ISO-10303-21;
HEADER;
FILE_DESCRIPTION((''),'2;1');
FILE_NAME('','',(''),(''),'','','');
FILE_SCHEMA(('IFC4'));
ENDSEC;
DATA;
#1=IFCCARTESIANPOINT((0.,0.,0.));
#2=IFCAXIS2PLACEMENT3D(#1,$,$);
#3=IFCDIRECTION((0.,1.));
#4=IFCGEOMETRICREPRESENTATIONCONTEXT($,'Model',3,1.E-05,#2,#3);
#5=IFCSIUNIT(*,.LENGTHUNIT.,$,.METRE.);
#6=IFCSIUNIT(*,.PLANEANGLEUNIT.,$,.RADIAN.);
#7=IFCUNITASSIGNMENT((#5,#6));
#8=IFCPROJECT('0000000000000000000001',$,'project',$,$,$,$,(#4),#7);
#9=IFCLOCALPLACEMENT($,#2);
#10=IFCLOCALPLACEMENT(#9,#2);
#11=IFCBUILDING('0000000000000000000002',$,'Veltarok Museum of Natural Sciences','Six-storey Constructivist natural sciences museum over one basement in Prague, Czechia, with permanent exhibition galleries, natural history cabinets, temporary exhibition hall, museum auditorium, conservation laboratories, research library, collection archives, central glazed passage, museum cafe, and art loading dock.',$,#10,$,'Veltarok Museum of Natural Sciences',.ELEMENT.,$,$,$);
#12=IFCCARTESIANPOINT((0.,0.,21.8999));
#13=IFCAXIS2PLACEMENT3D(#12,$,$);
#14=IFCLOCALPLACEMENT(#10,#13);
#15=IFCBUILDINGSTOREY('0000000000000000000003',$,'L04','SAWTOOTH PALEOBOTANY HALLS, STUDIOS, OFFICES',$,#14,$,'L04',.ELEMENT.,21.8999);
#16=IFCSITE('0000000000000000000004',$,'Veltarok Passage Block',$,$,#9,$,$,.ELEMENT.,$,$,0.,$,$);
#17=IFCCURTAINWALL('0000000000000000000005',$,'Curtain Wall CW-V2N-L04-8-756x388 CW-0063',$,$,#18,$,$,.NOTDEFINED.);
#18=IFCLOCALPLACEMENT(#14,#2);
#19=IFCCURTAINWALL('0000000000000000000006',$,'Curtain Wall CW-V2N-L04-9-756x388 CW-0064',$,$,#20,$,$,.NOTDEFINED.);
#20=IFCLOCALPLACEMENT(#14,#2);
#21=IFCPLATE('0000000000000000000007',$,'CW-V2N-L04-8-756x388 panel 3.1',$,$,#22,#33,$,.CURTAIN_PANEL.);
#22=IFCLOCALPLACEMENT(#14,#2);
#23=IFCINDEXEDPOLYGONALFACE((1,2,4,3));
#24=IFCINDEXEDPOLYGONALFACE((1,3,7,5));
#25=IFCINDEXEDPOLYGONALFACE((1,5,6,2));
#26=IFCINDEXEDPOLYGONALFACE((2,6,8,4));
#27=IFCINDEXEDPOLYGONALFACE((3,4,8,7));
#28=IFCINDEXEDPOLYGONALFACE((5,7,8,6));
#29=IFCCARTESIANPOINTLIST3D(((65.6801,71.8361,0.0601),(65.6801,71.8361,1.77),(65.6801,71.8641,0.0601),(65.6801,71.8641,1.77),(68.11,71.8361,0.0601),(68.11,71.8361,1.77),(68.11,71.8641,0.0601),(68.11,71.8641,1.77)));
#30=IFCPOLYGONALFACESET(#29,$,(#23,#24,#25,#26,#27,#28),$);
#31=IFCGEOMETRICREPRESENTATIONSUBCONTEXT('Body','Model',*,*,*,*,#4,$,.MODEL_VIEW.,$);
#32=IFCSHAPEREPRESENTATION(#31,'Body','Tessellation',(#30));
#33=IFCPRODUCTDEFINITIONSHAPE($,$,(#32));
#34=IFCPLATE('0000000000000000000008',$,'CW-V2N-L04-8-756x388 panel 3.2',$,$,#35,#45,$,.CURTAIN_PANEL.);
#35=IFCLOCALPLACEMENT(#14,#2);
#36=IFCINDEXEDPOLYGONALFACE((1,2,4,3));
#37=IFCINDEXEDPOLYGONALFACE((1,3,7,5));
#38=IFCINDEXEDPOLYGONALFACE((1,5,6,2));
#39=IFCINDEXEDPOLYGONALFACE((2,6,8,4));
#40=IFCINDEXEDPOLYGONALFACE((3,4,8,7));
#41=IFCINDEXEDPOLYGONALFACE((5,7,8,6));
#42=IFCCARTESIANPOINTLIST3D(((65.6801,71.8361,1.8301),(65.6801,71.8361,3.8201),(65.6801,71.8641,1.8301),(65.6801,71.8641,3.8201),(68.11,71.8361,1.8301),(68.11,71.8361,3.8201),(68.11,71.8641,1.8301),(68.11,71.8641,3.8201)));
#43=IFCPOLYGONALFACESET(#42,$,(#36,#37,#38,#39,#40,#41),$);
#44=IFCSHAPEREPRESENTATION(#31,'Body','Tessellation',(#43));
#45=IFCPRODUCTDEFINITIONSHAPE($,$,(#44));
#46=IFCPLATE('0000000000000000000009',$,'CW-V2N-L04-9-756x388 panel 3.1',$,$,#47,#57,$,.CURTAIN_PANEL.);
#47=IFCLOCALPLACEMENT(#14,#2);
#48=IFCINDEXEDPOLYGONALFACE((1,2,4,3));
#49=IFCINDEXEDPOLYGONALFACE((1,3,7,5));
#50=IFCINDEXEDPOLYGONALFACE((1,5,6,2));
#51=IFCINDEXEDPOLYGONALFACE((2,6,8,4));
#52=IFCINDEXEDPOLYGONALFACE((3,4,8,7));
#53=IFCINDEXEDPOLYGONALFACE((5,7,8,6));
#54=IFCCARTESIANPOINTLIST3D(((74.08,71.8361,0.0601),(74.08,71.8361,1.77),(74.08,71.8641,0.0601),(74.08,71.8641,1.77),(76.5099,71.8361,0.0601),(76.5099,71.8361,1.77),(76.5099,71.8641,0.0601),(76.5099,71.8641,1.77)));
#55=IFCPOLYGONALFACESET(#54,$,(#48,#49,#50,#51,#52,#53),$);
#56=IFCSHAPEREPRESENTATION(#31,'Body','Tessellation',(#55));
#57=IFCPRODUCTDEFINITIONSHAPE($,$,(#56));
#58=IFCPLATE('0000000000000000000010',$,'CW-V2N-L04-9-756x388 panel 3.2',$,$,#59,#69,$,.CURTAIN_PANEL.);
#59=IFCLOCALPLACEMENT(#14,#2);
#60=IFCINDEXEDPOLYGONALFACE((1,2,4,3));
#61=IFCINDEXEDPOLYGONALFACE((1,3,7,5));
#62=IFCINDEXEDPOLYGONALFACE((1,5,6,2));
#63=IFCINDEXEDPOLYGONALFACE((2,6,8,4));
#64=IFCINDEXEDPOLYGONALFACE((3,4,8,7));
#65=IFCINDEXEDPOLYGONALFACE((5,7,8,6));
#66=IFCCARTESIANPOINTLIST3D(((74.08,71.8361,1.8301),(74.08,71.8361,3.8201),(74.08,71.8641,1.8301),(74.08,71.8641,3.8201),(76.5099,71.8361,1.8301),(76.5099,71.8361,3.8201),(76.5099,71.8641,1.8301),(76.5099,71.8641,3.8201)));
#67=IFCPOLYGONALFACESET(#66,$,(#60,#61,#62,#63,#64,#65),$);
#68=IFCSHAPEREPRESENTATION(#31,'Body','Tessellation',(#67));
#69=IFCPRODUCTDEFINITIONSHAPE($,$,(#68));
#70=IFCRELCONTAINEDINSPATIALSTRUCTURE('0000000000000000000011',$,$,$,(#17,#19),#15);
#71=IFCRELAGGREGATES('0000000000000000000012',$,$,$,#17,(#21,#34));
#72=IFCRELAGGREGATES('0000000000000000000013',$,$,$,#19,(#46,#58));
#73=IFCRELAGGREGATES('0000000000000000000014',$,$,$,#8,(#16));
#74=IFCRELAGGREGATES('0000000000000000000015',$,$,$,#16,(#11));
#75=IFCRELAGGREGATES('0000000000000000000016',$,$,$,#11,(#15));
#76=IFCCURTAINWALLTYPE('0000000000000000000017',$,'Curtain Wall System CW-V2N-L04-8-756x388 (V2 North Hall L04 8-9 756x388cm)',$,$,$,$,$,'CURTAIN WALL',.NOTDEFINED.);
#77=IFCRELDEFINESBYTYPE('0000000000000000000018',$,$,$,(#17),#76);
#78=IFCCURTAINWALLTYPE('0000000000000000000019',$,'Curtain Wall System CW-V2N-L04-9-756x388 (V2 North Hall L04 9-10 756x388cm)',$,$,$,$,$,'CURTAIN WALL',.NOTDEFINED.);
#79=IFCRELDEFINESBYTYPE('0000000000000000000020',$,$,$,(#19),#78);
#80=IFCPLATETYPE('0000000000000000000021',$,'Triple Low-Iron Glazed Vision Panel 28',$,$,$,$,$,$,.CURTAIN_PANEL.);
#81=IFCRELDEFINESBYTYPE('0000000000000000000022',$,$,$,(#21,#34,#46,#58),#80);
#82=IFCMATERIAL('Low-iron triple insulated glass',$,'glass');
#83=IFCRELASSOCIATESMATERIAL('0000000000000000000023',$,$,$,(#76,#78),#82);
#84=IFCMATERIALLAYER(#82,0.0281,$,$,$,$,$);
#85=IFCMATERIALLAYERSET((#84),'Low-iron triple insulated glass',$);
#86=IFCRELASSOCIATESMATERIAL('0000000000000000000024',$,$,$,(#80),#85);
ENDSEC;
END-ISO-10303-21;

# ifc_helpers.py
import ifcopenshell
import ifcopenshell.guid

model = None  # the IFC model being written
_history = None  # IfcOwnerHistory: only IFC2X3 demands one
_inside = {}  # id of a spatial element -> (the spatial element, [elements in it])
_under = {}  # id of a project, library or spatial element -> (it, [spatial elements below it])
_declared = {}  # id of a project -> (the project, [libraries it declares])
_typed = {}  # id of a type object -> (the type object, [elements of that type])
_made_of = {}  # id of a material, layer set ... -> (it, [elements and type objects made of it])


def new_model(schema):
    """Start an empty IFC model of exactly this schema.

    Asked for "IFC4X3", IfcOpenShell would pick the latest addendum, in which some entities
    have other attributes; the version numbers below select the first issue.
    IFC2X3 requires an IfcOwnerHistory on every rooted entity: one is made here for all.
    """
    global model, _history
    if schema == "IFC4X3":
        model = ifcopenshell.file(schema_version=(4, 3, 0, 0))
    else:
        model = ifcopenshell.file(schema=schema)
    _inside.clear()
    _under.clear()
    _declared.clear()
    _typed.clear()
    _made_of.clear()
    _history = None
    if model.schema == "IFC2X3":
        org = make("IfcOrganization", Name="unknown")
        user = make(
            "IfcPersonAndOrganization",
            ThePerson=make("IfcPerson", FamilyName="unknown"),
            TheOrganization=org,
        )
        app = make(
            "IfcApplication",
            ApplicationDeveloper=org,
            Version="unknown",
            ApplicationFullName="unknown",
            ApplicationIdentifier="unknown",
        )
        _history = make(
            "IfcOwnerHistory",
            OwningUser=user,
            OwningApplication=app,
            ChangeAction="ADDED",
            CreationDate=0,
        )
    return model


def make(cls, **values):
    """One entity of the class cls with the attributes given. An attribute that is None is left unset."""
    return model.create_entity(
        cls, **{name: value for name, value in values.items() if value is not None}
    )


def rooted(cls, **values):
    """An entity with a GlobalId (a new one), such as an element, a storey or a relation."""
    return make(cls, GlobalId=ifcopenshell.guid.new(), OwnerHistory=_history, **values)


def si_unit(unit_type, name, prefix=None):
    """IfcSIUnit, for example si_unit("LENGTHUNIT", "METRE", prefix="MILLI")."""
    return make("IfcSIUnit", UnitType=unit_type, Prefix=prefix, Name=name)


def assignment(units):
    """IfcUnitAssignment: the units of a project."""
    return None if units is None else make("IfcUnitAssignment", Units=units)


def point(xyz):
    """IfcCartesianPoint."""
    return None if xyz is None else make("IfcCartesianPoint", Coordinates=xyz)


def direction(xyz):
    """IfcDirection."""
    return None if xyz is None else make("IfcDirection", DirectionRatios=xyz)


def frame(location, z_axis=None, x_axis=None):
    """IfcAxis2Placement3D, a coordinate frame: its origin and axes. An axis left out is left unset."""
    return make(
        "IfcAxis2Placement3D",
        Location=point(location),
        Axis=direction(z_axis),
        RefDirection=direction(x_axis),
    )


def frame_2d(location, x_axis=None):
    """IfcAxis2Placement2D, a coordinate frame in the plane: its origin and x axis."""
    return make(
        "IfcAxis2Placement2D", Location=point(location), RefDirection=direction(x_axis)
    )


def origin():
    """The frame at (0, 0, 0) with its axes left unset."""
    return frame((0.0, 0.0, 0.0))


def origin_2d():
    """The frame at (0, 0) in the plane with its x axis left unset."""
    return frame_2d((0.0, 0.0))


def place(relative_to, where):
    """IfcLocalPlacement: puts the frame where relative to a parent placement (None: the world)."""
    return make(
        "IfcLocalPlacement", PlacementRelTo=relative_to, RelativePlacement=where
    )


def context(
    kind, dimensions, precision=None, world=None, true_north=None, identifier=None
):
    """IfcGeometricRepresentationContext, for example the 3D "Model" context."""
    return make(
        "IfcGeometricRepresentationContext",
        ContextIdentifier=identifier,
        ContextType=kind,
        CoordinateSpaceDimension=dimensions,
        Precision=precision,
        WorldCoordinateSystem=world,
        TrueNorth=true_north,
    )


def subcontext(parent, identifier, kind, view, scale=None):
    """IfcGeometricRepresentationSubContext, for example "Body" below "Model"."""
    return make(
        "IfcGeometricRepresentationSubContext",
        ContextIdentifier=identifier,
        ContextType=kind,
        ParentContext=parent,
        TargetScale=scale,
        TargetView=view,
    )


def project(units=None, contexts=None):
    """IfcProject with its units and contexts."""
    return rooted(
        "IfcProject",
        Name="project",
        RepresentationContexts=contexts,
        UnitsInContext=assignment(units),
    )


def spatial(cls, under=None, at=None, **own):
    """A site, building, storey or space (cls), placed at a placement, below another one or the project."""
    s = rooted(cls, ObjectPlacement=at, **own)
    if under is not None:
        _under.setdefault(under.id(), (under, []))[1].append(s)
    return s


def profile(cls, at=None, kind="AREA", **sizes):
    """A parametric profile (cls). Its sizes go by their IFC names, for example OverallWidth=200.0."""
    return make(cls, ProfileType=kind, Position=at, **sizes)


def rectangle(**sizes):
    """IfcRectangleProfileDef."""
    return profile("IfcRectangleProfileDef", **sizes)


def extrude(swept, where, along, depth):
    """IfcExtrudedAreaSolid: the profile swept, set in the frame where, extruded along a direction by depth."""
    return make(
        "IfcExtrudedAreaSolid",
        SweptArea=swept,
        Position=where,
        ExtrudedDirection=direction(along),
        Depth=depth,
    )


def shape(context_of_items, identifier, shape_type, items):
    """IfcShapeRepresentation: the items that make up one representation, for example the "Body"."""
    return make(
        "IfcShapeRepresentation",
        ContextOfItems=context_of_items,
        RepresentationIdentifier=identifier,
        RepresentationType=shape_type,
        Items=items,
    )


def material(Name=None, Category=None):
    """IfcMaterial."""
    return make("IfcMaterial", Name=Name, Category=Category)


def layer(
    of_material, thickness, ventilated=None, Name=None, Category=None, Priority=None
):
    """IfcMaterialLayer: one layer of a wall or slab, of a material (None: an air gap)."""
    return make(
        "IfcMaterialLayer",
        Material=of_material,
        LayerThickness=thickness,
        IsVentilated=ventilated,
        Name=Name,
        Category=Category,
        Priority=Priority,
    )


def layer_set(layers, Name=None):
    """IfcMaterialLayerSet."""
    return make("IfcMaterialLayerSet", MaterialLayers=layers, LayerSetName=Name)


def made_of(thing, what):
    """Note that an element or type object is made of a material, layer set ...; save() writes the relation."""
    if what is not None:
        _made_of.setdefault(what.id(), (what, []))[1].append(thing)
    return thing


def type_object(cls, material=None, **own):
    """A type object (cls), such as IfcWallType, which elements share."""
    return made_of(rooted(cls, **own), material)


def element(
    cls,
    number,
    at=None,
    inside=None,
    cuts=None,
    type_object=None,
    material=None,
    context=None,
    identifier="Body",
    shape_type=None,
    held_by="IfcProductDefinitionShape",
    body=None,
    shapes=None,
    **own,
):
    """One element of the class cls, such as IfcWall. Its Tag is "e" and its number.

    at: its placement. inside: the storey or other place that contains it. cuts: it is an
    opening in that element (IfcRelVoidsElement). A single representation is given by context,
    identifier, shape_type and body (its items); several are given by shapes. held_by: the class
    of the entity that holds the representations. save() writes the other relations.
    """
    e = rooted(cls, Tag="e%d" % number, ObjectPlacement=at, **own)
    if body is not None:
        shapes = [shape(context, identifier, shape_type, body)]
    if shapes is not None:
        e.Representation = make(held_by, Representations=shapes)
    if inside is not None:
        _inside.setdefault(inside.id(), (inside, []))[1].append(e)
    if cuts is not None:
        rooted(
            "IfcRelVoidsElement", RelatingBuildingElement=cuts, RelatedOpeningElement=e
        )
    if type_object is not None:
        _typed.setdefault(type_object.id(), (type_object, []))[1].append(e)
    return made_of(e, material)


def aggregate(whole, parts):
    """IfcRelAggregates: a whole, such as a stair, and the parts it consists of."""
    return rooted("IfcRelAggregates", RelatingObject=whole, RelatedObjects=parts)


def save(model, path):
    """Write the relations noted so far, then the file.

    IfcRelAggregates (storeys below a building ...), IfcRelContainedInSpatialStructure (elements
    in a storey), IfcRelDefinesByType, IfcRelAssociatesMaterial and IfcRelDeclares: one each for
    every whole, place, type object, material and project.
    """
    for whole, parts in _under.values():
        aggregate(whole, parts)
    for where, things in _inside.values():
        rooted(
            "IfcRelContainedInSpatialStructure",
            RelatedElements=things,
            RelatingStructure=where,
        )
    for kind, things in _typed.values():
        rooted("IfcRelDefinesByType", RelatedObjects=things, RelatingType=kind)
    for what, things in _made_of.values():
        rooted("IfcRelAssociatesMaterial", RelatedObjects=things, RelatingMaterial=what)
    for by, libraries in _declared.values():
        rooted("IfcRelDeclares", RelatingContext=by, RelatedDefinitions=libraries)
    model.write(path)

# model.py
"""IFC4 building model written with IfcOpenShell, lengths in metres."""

from ifc_helpers import new_model, si_unit, direction, frame, origin, origin_2d, place, context, subcontext, project, spatial, rectangle, extrude, material, layer, layer_set, type_object, element, aggregate, save


model = new_model("IFC4")

# Units and contexts
model_context = context("Model", 3, precision=1e-05, world=origin(), true_north=direction((0.0, 1.0)))
body_context = subcontext(model_context, "Body", "Model", "MODEL_VIEW")
ifc_project = project(units=[si_unit("LENGTHUNIT", "METRE"), si_unit("PLANEANGLEUNIT", "RADIAN")], contexts=[model_context])

# Site, building, storey
site_placement = place(None, origin())
site = spatial("IfcSite", under=ifc_project, at=site_placement, Name="Veltarok Passage Block", CompositionType="ELEMENT", RefElevation=0.0)
building_placement = place(site_placement, origin())
building = spatial("IfcBuilding", under=site, at=building_placement, Name="Veltarok Museum of Natural Sciences", Description="Six-storey Constructivist natural sciences museum over one basement in Prague, Czechia, with permanent exhibition galleries, natural history cabinets, temporary exhibition hall, museum auditorium, conservation laboratories, research library, collection archives, central glazed passage, museum cafe, and art loading dock.", LongName="Veltarok Museum of Natural Sciences", CompositionType="ELEMENT")
storey_placement = place(building_placement, frame((0.0, 0.0, 21.8999)))
storey = spatial("IfcBuildingStorey", under=building, at=storey_placement, Name="L04", Description="SAWTOOTH PALEOBOTANY HALLS, STUDIOS, OFFICES", LongName="L04", CompositionType="ELEMENT", Elevation=21.8999)

# Curtain walls
ifc_material_1 = material(Name="Low-iron triple insulated glass", Category="glass")
curtain_wall_type_1 = type_object("IfcCurtainWallType", Name="Curtain Wall System CW-V2N-L04-8-756x388 (V2 North Hall L04 8-9 756x388cm)", ElementType="CURTAIN WALL", PredefinedType="NOTDEFINED", material=ifc_material_1)
curtain_wall_1_placement = place(storey_placement, origin())
curtain_wall_1 = element("IfcCurtainWall", 1, at=curtain_wall_1_placement, inside=storey, type_object=curtain_wall_type_1, Name="Curtain Wall CW-V2N-L04-8-756x388 CW-0063", PredefinedType="NOTDEFINED")
curtain_wall_type_2 = type_object("IfcCurtainWallType", Name="Curtain Wall System CW-V2N-L04-9-756x388 (V2 North Hall L04 9-10 756x388cm)", ElementType="CURTAIN WALL", PredefinedType="NOTDEFINED", material=ifc_material_1)
curtain_wall_2_placement = place(storey_placement, origin())
curtain_wall_2 = element("IfcCurtainWall", 2, at=curtain_wall_2_placement, inside=storey, type_object=curtain_wall_type_2, Name="Curtain Wall CW-V2N-L04-9-756x388 CW-0064", PredefinedType="NOTDEFINED")

# Plates
ifc_layer = layer(ifc_material_1, 0.0281)
ifc_layer_set = layer_set([ifc_layer], Name="Low-iron triple insulated glass")
plate_type = type_object("IfcPlateType", Name="Triple Low-Iron Glazed Vision Panel 28", PredefinedType="CURTAIN_PANEL", material=ifc_layer_set)
plate_1_placement = place(storey_placement, frame((66.895, 71.8501, 0.0601), z_axis=(0.0, 0.0, 1.0), x_axis=(-1.0, 0.0, 0.0)))
plate_1 = element("IfcPlate", 3, at=plate_1_placement, type_object=plate_type, Name="CW-V2N-L04-8-756x388 panel 3.1", PredefinedType="CURTAIN_PANEL", context=body_context, shape_type="SweptSolid", body=[
    extrude(rectangle(XDim=2.4299, YDim=0.0281, at=origin_2d()), origin(), (0.0, 0.0, 1.0), 1.71),
])
plate_2_placement = place(storey_placement, frame((66.895, 71.8501, 1.8301), z_axis=(0.0, 0.0, 1.0), x_axis=(-1.0, 0.0, 0.0)))
plate_2 = element("IfcPlate", 4, at=plate_2_placement, type_object=plate_type, Name="CW-V2N-L04-8-756x388 panel 3.2", PredefinedType="CURTAIN_PANEL", context=body_context, shape_type="SweptSolid", body=[
    extrude(rectangle(XDim=2.4299, YDim=0.0281, at=origin_2d()), origin(), (0.0, 0.0, 1.0), 1.99),
])
aggregate(curtain_wall_1, [plate_1, plate_2])
plate_3_placement = place(storey_placement, frame((75.2949, 71.8501, 0.0601), z_axis=(0.0, 0.0, 1.0), x_axis=(-1.0, 0.0, 0.0)))
plate_3 = element("IfcPlate", 5, at=plate_3_placement, type_object=plate_type, Name="CW-V2N-L04-9-756x388 panel 3.1", PredefinedType="CURTAIN_PANEL", context=body_context, shape_type="SweptSolid", body=[
    extrude(rectangle(XDim=2.4299, YDim=0.0281, at=origin_2d()), origin(), (0.0, 0.0, 1.0), 1.71),
])
plate_4_placement = place(storey_placement, frame((75.2949, 71.8501, 1.8301), z_axis=(0.0, 0.0, 1.0), x_axis=(-1.0, 0.0, 0.0)))
plate_4 = element("IfcPlate", 6, at=plate_4_placement, type_object=plate_type, Name="CW-V2N-L04-9-756x388 panel 3.2", PredefinedType="CURTAIN_PANEL", context=body_context, shape_type="SweptSolid", body=[
    extrude(rectangle(XDim=2.4299, YDim=0.0281, at=origin_2d()), origin(), (0.0, 0.0, 1.0), 1.99),
])
aggregate(curtain_wall_2, [plate_3, plate_4])

save(model, "model.ifc")
